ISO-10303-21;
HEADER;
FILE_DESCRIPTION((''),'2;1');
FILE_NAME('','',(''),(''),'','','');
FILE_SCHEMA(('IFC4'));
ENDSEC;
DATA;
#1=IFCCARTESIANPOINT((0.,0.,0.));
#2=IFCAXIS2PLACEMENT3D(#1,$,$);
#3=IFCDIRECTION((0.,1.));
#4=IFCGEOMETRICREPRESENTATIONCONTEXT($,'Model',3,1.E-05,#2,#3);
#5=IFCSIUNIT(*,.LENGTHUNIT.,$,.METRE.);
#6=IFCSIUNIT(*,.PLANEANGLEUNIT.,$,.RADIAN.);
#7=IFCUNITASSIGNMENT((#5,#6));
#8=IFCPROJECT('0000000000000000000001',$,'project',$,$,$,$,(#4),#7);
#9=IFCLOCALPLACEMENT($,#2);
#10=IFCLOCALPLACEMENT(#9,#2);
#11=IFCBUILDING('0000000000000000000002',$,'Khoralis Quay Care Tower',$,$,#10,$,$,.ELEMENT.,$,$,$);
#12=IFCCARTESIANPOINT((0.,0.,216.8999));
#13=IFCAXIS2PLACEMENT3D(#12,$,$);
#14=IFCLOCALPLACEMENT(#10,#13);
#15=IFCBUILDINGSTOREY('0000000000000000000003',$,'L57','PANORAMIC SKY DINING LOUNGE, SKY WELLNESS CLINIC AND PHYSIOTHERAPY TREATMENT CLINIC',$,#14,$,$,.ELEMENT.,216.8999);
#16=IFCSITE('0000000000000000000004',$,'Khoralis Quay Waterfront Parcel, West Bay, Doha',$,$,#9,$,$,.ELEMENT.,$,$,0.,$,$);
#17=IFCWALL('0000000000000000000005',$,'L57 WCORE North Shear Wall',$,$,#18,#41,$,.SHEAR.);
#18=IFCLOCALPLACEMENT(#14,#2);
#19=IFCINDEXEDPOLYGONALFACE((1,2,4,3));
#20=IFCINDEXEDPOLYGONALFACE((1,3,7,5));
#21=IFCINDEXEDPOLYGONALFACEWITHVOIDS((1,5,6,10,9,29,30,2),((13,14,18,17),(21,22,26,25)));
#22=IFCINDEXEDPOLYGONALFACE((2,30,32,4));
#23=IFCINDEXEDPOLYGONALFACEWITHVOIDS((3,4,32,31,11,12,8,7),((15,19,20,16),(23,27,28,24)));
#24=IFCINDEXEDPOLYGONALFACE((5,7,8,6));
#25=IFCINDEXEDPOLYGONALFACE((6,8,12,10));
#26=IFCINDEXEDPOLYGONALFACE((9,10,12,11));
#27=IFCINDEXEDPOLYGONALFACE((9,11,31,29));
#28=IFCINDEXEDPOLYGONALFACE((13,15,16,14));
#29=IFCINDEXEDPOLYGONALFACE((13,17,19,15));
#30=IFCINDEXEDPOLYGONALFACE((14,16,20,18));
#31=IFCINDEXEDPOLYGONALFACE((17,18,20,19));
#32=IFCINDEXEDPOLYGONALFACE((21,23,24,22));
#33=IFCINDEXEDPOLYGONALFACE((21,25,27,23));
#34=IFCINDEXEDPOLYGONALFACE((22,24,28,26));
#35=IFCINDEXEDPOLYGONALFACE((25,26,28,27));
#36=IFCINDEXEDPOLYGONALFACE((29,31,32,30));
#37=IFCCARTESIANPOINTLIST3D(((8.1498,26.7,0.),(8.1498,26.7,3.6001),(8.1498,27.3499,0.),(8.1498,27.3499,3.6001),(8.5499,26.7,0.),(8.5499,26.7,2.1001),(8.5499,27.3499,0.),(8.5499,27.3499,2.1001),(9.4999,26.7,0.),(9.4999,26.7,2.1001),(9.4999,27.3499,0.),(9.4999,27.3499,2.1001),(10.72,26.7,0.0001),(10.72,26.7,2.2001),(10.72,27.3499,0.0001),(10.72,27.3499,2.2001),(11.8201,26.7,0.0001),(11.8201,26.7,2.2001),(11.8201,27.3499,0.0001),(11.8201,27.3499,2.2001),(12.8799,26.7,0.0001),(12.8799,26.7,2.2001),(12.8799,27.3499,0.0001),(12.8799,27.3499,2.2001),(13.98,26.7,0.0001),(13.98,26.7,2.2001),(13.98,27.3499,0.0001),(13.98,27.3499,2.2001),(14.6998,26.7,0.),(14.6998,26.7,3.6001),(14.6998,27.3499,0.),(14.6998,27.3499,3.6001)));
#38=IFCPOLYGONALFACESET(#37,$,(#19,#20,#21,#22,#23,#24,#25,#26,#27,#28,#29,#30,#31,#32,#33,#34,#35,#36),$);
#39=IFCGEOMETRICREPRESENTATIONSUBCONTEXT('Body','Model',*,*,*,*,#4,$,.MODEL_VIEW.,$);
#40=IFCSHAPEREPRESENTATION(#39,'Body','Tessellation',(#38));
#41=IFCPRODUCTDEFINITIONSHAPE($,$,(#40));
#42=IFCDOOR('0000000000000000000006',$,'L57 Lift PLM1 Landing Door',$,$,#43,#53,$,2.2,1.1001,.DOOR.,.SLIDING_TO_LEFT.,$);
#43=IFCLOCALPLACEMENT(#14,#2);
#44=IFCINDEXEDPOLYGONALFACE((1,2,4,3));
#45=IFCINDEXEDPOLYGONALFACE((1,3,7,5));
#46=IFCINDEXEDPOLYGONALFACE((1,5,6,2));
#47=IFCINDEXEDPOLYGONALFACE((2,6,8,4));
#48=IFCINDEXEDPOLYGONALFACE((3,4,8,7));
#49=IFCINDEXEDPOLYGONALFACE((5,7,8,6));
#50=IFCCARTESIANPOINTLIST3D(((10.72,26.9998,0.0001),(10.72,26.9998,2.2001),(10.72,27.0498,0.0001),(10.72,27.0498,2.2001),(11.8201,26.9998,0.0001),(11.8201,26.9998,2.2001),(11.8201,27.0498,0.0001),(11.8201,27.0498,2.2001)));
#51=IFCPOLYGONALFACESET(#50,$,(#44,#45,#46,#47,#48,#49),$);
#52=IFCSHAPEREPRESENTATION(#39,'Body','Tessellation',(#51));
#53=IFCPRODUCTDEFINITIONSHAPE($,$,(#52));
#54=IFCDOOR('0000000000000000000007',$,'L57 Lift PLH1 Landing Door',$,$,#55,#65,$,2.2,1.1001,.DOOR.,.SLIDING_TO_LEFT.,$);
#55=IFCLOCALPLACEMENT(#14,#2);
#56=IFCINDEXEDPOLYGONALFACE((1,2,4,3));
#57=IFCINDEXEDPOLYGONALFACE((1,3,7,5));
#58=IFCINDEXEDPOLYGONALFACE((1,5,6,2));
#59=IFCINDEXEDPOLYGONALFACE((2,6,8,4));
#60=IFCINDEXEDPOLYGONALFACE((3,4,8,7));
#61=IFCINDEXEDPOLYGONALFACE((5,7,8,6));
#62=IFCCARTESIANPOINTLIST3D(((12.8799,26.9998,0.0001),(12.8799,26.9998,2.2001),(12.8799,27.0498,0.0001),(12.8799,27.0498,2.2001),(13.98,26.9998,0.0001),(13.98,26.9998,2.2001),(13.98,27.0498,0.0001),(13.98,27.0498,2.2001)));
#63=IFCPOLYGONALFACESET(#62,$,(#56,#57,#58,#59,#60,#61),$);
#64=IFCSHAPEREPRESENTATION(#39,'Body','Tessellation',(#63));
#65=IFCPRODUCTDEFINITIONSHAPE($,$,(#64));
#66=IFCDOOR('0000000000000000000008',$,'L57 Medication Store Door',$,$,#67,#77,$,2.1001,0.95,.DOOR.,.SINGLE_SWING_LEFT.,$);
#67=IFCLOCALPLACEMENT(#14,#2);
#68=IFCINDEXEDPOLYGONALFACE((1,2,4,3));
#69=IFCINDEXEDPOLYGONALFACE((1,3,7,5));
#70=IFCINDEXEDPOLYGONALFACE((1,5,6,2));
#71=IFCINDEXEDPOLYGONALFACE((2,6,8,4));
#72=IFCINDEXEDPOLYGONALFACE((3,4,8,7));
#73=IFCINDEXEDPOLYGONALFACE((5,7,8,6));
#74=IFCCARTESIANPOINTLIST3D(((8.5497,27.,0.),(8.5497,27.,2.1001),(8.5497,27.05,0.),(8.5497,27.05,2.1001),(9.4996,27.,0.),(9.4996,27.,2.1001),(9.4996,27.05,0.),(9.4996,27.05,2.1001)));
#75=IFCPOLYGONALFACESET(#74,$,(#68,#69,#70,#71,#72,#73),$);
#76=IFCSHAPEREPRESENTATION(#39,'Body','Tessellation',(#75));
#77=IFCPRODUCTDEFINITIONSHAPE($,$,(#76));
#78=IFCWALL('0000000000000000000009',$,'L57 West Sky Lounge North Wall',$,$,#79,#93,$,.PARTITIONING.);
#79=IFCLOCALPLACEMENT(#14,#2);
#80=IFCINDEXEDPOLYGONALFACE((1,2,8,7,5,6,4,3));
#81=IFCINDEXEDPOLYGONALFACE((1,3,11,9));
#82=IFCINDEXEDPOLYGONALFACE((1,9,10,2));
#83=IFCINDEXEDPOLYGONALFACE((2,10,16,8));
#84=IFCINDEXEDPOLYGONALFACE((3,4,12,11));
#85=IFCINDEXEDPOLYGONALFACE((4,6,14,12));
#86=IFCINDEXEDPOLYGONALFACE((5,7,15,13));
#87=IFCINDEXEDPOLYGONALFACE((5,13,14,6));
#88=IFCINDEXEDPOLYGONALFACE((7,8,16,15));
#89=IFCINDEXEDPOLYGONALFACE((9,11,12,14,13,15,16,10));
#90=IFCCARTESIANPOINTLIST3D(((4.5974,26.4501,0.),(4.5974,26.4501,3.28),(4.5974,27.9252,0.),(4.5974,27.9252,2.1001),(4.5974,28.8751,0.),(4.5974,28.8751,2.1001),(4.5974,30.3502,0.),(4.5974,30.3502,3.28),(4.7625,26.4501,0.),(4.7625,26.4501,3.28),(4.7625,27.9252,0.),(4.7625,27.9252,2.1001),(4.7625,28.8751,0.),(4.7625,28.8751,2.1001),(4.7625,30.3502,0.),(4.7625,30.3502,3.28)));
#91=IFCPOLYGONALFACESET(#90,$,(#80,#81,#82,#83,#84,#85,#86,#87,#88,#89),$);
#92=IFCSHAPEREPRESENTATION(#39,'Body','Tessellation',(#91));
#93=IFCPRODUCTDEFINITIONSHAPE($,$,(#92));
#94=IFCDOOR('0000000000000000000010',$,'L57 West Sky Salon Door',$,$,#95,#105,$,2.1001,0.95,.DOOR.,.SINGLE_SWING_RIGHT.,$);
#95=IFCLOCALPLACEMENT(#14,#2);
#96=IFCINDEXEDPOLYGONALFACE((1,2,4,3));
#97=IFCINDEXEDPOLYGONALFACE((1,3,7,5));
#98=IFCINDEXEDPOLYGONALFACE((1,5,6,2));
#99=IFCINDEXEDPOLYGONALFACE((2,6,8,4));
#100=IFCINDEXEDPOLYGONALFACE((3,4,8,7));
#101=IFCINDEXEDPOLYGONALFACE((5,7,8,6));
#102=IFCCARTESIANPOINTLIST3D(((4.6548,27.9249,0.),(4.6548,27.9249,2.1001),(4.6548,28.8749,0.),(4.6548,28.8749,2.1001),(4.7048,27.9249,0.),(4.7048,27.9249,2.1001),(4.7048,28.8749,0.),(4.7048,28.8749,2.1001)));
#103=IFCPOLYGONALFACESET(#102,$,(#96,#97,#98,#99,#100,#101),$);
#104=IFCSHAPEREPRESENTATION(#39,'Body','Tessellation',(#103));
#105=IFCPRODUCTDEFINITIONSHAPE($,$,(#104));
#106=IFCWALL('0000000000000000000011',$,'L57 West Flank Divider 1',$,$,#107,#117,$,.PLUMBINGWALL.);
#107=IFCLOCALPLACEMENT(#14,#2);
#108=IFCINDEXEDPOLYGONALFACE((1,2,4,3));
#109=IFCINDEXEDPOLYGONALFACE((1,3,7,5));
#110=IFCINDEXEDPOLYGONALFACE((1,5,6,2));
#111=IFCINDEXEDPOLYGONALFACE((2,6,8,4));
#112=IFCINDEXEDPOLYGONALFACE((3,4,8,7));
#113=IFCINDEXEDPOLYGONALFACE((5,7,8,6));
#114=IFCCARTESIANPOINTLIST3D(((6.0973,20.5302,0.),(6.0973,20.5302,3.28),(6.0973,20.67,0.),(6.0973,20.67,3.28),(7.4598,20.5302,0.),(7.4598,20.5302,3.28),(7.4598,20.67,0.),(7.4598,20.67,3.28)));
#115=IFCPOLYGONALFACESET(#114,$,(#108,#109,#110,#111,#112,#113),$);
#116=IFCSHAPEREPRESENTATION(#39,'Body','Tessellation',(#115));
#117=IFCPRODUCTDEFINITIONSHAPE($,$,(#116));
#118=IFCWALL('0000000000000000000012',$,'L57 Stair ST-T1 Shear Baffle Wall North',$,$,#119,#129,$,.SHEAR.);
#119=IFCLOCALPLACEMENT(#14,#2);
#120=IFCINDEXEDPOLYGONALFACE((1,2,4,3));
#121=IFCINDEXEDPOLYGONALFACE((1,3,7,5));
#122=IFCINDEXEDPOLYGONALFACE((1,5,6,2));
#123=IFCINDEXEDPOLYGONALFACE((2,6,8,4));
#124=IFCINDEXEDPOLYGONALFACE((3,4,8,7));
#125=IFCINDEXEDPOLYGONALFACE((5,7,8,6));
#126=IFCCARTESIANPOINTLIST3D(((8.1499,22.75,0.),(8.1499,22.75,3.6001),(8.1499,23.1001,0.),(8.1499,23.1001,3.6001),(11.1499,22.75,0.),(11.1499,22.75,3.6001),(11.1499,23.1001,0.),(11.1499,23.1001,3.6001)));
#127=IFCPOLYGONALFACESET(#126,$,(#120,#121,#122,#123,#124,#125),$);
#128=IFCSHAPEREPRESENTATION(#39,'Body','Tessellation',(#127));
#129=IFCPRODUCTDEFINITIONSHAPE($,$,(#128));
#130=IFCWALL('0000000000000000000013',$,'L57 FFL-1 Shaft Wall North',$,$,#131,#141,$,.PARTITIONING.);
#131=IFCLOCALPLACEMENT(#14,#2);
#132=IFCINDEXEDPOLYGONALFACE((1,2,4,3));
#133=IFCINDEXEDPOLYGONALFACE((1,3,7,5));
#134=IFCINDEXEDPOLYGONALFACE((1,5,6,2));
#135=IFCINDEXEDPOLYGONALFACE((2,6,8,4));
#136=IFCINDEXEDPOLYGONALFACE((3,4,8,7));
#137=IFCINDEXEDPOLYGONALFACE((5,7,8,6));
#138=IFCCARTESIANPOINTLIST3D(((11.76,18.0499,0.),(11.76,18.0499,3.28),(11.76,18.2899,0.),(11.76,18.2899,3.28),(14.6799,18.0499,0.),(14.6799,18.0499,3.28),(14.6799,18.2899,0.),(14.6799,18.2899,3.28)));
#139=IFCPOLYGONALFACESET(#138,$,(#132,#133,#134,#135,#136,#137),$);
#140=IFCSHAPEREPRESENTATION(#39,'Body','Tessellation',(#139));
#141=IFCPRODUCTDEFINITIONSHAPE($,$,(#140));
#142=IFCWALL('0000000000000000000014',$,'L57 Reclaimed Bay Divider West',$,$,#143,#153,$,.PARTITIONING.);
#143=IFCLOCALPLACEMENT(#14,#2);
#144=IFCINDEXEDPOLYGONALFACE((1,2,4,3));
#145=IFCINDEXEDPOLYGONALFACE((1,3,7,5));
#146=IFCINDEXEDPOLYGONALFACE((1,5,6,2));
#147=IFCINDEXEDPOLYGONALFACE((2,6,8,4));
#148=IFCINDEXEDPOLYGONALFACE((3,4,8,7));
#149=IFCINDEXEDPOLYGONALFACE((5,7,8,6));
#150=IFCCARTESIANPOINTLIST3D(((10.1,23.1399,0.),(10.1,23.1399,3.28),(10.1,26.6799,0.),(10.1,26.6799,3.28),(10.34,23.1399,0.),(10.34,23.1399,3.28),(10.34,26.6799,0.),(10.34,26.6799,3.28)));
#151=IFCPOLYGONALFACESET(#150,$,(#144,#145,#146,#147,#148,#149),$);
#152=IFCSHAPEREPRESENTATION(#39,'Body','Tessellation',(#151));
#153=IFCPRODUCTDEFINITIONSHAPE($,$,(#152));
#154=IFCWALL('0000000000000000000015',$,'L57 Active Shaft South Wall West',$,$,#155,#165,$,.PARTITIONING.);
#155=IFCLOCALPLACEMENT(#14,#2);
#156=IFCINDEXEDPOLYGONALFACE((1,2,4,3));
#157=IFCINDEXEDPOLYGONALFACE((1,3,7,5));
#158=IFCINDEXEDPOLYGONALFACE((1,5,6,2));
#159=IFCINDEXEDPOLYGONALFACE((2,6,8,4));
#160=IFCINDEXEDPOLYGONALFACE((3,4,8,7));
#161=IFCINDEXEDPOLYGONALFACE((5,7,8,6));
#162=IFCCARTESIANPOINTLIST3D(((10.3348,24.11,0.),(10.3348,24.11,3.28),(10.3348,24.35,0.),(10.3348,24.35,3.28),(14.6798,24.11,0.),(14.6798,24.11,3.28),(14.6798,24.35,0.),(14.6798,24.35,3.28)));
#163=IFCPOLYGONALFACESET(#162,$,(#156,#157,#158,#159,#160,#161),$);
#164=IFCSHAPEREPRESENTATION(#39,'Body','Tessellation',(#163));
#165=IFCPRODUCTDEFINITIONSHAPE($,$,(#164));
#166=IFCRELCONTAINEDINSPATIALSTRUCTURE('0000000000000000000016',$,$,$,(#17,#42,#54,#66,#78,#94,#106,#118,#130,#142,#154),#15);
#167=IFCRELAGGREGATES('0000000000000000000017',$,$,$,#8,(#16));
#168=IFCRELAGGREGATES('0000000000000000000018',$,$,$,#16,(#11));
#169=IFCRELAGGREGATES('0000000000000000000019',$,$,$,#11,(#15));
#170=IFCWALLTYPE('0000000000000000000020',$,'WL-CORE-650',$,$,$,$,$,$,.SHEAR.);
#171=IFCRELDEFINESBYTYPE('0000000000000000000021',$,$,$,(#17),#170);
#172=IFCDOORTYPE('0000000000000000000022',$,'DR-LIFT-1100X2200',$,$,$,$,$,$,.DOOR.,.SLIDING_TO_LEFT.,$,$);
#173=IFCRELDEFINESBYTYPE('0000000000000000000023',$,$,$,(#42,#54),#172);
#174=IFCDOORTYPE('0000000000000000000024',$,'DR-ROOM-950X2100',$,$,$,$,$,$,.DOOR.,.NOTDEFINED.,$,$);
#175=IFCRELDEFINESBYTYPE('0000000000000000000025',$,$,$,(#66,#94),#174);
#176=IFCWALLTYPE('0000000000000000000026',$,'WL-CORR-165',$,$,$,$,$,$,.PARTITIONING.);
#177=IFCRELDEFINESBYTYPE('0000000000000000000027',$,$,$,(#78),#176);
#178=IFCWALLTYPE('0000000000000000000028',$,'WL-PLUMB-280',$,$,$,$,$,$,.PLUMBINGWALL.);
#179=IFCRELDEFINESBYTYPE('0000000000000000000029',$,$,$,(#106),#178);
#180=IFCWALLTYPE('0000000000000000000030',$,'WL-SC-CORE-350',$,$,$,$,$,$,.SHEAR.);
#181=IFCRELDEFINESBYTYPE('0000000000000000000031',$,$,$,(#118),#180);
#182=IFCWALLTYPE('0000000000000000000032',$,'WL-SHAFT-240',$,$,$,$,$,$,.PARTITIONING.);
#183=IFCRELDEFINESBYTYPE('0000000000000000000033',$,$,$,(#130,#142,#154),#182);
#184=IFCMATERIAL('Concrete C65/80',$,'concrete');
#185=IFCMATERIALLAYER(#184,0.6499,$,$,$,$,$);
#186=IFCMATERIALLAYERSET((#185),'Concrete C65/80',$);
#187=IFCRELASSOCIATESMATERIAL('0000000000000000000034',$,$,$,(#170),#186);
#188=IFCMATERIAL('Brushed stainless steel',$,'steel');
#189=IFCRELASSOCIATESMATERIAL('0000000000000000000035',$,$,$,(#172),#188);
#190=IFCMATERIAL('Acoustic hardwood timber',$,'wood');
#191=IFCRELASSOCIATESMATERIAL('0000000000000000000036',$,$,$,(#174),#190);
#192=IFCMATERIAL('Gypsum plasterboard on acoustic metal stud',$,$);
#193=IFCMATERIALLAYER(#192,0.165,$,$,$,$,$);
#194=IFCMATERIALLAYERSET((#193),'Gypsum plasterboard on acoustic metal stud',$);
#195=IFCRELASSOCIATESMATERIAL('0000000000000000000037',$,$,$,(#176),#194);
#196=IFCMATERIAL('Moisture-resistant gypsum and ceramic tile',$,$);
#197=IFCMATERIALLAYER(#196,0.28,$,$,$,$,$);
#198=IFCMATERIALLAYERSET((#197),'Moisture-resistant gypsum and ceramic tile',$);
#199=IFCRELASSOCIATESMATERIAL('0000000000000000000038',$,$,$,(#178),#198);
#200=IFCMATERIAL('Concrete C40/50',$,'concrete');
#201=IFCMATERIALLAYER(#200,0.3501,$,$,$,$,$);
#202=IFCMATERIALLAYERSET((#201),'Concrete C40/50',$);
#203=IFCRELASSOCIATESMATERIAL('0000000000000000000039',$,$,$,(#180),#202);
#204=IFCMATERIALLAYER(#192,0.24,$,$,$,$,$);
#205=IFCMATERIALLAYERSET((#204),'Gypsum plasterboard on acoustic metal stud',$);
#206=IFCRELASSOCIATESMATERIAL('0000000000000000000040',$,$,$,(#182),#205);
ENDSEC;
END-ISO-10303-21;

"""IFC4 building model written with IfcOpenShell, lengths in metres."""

from ifc_helpers import new_model, si_unit, direction, frame, frame_2d, origin, place, context, subcontext, project, spatial, rectangle, extrude, source, transform, mapped, material, layer, layer_set, type_object, element, fill, save


model = new_model("IFC4")

# Units and contexts
model_context = context("Model", 3, precision=1e-05, world=origin(), true_north=direction((0.0, 1.0)))
body_context = subcontext(model_context, "Body", "Model", "MODEL_VIEW")
ifc_project = project(units=[si_unit("LENGTHUNIT", "METRE"), si_unit("PLANEANGLEUNIT", "RADIAN")], contexts=[model_context])

# Site, building, storey
site_placement = place(None, origin())
site = spatial("IfcSite", under=ifc_project, at=site_placement, Name="Khoralis Quay Waterfront Parcel, West Bay, Doha", CompositionType="ELEMENT", RefElevation=0.0)
building_placement = place(site_placement, origin())
building = spatial("IfcBuilding", under=site, at=building_placement, Name="Khoralis Quay Care Tower", CompositionType="ELEMENT")
storey_placement = place(building_placement, frame((0.0, 0.0, 216.8999)))
storey = spatial("IfcBuildingStorey", under=building, at=storey_placement, Name="L57", Description="PANORAMIC SKY DINING LOUNGE, SKY WELLNESS CLINIC AND PHYSIOTHERAPY TREATMENT CLINIC", CompositionType="ELEMENT", Elevation=216.8999)

# Shared definitions
ifc_material_1 = material(Name="Concrete C65/80", Category="concrete")

# Wall, openings, doors
ifc_layer_1 = layer(ifc_material_1, 0.6499)
ifc_layer_set_1 = layer_set([ifc_layer_1], Name="Concrete C65/80")
wall_type_1 = type_object("IfcWallType", Name="WL-CORE-650", PredefinedType="SHEAR", material=ifc_layer_set_1)
wall_1_placement = place(storey_placement, frame((8.1499, 27.0249, 0.0), z_axis=(0.0, 0.0, 1.0), x_axis=(1.0, 0.0, 0.0)))
wall_1 = element("IfcWall", 1, at=wall_1_placement, inside=storey, type_object=wall_type_1, Name="L57 WCORE North Shear Wall", PredefinedType="SHEAR", context=body_context, shape_type="SweptSolid", body=[
    extrude(rectangle(XDim=6.55, YDim=0.6499, at=frame_2d((3.2749, 0.0))), origin(), (0.0, 0.0, 1.0), 3.6001),
])
opening_1_placement = place(wall_1_placement, frame((0.3999, 0.0, 0.0)))
opening_1 = element("IfcOpeningElement", 2, at=opening_1_placement, cuts=wall_1, PredefinedType="OPENING", context=body_context, shape_type="SweptSolid", body=[
    extrude(rectangle(XDim=0.95, YDim=2.1001, at=frame_2d((0.4751, 1.05))), frame((0.0, 0.335, 0.0), z_axis=(0.0, -1.0, 0.0), x_axis=(1.0, 0.0, 0.0)), (0.0, 0.0, 1.0), 0.6699),
])
opening_2_placement = place(wall_1_placement, frame((2.5701, 0.0, 0.0)))
opening_2 = element("IfcOpeningElement", 3, at=opening_2_placement, cuts=wall_1, PredefinedType="OPENING", context=body_context, shape_type="SweptSolid", body=[
    extrude(rectangle(XDim=1.1001, YDim=2.2, at=frame_2d((0.55, 1.1001))), frame((0.0, 0.335, 0.0), z_axis=(0.0, -1.0, 0.0), x_axis=(1.0, 0.0, 0.0)), (0.0, 0.0, 1.0), 0.6699),
])
opening_3_placement = place(wall_1_placement, frame((4.73, 0.0, 0.0)))
opening_3 = element("IfcOpeningElement", 4, at=opening_3_placement, cuts=wall_1, PredefinedType="OPENING", context=body_context, shape_type="SweptSolid", body=[
    extrude(rectangle(XDim=1.1001, YDim=2.2, at=frame_2d((0.55, 1.1001))), frame((0.0, 0.335, 0.0), z_axis=(0.0, -1.0, 0.0), x_axis=(1.0, 0.0, 0.0)), (0.0, 0.0, 1.0), 0.6699),
])
ifc_material_2 = material(Name="Brushed stainless steel", Category="steel")
door_type_1 = type_object("IfcDoorType", Name="DR-LIFT-1100X2200", OperationType="SLIDING_TO_LEFT", PredefinedType="DOOR", material=ifc_material_2)
shared_shape_1 = source(origin(), body_context, "Body", "SweptSolid", [
    extrude(rectangle(XDim=1.1001, YDim=2.2, at=frame_2d((0.55, 1.1001))), frame((0.0, 0.0249, 0.0), z_axis=(0.0, -1.0, 0.0), x_axis=(1.0, 0.0, 0.0)), (0.0, 0.0, 1.0), 0.05),
])
door_1_placement = place(opening_2_placement, origin())
door_1 = element("IfcDoor", 5, at=door_1_placement, inside=storey, type_object=door_type_1, Name="L57 Lift PLM1 Landing Door", OperationType="SLIDING_TO_LEFT", OverallHeight=2.2, OverallWidth=1.1001, PredefinedType="DOOR", context=body_context, shape_type="MappedRepresentation", body=[
    mapped(shared_shape_1, transform((0.0, 0.0, 0.0), scale=1.0)),
])
fill(opening_2, door_1)
door_2_placement = place(opening_3_placement, origin())
door_2 = element("IfcDoor", 6, at=door_2_placement, inside=storey, type_object=door_type_1, Name="L57 Lift PLH1 Landing Door", OperationType="SLIDING_TO_LEFT", OverallHeight=2.2, OverallWidth=1.1001, PredefinedType="DOOR", context=body_context, shape_type="MappedRepresentation", body=[
    mapped(shared_shape_1, transform((0.0, 0.0, 0.0), scale=1.0)),
])
fill(opening_3, door_2)
ifc_material_3 = material(Name="Acoustic hardwood timber", Category="wood")
door_type_2 = type_object("IfcDoorType", Name="DR-ROOM-950X2100", OperationType="NOTDEFINED", PredefinedType="DOOR", material=ifc_material_3)
shared_shape_2 = source(origin(), body_context, "Body", "SweptSolid", [
    extrude(rectangle(XDim=0.95, YDim=2.1001, at=frame_2d((0.4751, 1.05))), frame((0.0, 0.0249, 0.0), z_axis=(0.0, -1.0, 0.0), x_axis=(1.0, 0.0, 0.0)), (0.0, 0.0, 1.0), 0.05),
])
door_3_placement = place(opening_1_placement, frame((0.95, 0.0, 0.0), z_axis=(0.0, 0.0, 1.0), x_axis=(-1.0, 0.0, 0.0)))
door_3 = element("IfcDoor", 7, at=door_3_placement, inside=storey, type_object=door_type_2, Name="L57 Medication Store Door", OperationType="SINGLE_SWING_LEFT", OverallHeight=2.1001, OverallWidth=0.95, PredefinedType="DOOR", context=body_context, shape_type="MappedRepresentation", body=[
    mapped(shared_shape_2, transform((0.0, 0.0, 0.0), scale=1.0)),
])
fill(opening_1, door_3)

# Wall, opening, door
ifc_material_4 = material(Name="Gypsum plasterboard on acoustic metal stud")
ifc_layer_2 = layer(ifc_material_4, 0.165)
ifc_layer_set_2 = layer_set([ifc_layer_2], Name="Gypsum plasterboard on acoustic metal stud")
wall_type_2 = type_object("IfcWallType", Name="WL-CORR-165", PredefinedType="PARTITIONING", material=ifc_layer_set_2)
wall_2_placement = place(storey_placement, frame((4.6799, 26.45, 0.0), z_axis=(0.0, 0.0, 1.0), x_axis=(0.0, 1.0, 0.0)))
wall_2 = element("IfcWall", 8, at=wall_2_placement, inside=storey, type_object=wall_type_2, Name="L57 West Sky Lounge North Wall", PredefinedType="PARTITIONING", context=body_context, shape_type="SweptSolid", body=[
    extrude(rectangle(XDim=3.9001, YDim=0.165, at=frame_2d((1.9502, 0.0))), origin(), (0.0, 0.0, 1.0), 3.28),
])
opening_4_placement = place(wall_2_placement, frame((1.4751, 0.0, 0.0)))
opening_4 = element("IfcOpeningElement", 9, at=opening_4_placement, cuts=wall_2, PredefinedType="OPENING", context=body_context, shape_type="SweptSolid", body=[
    extrude(rectangle(XDim=0.95, YDim=2.1001, at=frame_2d((0.4751, 1.05))), frame((0.0, 0.0925, 0.0), z_axis=(0.0, -1.0, 0.0), x_axis=(1.0, 0.0, 0.0)), (0.0, 0.0, 1.0), 0.1851),
])
door_4_placement = place(opening_4_placement, frame((0.95, 0.0, 0.0), z_axis=(0.0, 0.0, 1.0), x_axis=(-1.0, 0.0, 0.0)))
door_4 = element("IfcDoor", 10, at=door_4_placement, inside=storey, type_object=door_type_2, Name="L57 West Sky Salon Door", OperationType="SINGLE_SWING_RIGHT", OverallHeight=2.1001, OverallWidth=0.95, PredefinedType="DOOR", context=body_context, shape_type="MappedRepresentation", body=[
    mapped(shared_shape_2, transform((0.0, 0.0, 0.0), scale=1.0)),
])
fill(opening_4, door_4)

# Walls
ifc_material_5 = material(Name="Moisture-resistant gypsum and ceramic tile")
ifc_layer_3 = layer(ifc_material_5, 0.28)
ifc_layer_set_3 = layer_set([ifc_layer_3], Name="Moisture-resistant gypsum and ceramic tile")
wall_type_3 = type_object("IfcWallType", Name="WL-PLUMB-280", PredefinedType="PLUMBINGWALL", material=ifc_layer_set_3)
wall_3_placement = place(storey_placement, frame((6.0974, 20.6001, 0.0), z_axis=(0.0, 0.0, 1.0), x_axis=(1.0, 0.0, 0.0)))
element("IfcWall", 11, at=wall_3_placement, inside=storey, type_object=wall_type_3, Name="L57 West Flank Divider 1", PredefinedType="PLUMBINGWALL", context=body_context, shape_type="SweptSolid", body=[
    extrude(rectangle(XDim=1.3625, YDim=0.1399, at=frame_2d((0.6812, 0.0))), origin(), (0.0, 0.0, 1.0), 3.28),
])
ifc_material_6 = material(Name="Concrete C40/50", Category="concrete")
ifc_layer_4 = layer(ifc_material_6, 0.3501)
ifc_layer_set_4 = layer_set([ifc_layer_4], Name="Concrete C40/50")
wall_type_4 = type_object("IfcWallType", Name="WL-SC-CORE-350", PredefinedType="SHEAR", material=ifc_layer_set_4)
wall_4_placement = place(storey_placement, frame((8.1499, 22.925, 0.0), z_axis=(0.0, 0.0, 1.0), x_axis=(1.0, 0.0, 0.0)))
element("IfcWall", 12, at=wall_4_placement, inside=storey, type_object=wall_type_4, Name="L57 Stair ST-T1 Shear Baffle Wall North", PredefinedType="SHEAR", context=body_context, shape_type="SweptSolid", body=[
    extrude(rectangle(XDim=3.0, YDim=0.3501, at=frame_2d((1.5, 0.0))), origin(), (0.0, 0.0, 1.0), 3.6001),
])
ifc_layer_5 = layer(ifc_material_4, 0.24)
ifc_layer_set_5 = layer_set([ifc_layer_5], Name="Gypsum plasterboard on acoustic metal stud")
wall_type_5 = type_object("IfcWallType", Name="WL-SHAFT-240", PredefinedType="PARTITIONING", material=ifc_layer_set_5)
wall_5_placement = place(storey_placement, frame((11.76, 18.1699, 0.0), z_axis=(0.0, 0.0, 1.0), x_axis=(1.0, 0.0, 0.0)))
element("IfcWall", 13, at=wall_5_placement, inside=storey, type_object=wall_type_5, Name="L57 FFL-1 Shaft Wall North", PredefinedType="PARTITIONING", context=body_context, shape_type="SweptSolid", body=[
    extrude(rectangle(XDim=2.9199, YDim=0.24, at=frame_2d((1.46, 0.0))), origin(), (0.0, 0.0, 1.0), 3.28),
])
wall_6_placement = place(storey_placement, frame((10.22, 23.1399, 0.0), z_axis=(0.0, 0.0, 1.0), x_axis=(0.0, 1.0, 0.0)))
element("IfcWall", 14, at=wall_6_placement, inside=storey, type_object=wall_type_5, Name="L57 Reclaimed Bay Divider West", PredefinedType="PARTITIONING", context=body_context, shape_type="SweptSolid", body=[
    extrude(rectangle(XDim=3.54, YDim=0.24, at=frame_2d((1.77, 0.0))), origin(), (0.0, 0.0, 1.0), 3.28),
])
wall_7_placement = place(storey_placement, frame((10.335, 24.23, 0.0), z_axis=(0.0, 0.0, 1.0), x_axis=(1.0, 0.0, 0.0)))
element("IfcWall", 15, at=wall_7_placement, inside=storey, type_object=wall_type_5, Name="L57 Active Shaft South Wall West", PredefinedType="PARTITIONING", context=body_context, shape_type="SweptSolid", body=[
    extrude(rectangle(XDim=4.345, YDim=0.24, at=frame_2d((2.1724, 0.0))), origin(), (0.0, 0.0, 1.0), 3.28),
])

save(model, "model.ifc")
